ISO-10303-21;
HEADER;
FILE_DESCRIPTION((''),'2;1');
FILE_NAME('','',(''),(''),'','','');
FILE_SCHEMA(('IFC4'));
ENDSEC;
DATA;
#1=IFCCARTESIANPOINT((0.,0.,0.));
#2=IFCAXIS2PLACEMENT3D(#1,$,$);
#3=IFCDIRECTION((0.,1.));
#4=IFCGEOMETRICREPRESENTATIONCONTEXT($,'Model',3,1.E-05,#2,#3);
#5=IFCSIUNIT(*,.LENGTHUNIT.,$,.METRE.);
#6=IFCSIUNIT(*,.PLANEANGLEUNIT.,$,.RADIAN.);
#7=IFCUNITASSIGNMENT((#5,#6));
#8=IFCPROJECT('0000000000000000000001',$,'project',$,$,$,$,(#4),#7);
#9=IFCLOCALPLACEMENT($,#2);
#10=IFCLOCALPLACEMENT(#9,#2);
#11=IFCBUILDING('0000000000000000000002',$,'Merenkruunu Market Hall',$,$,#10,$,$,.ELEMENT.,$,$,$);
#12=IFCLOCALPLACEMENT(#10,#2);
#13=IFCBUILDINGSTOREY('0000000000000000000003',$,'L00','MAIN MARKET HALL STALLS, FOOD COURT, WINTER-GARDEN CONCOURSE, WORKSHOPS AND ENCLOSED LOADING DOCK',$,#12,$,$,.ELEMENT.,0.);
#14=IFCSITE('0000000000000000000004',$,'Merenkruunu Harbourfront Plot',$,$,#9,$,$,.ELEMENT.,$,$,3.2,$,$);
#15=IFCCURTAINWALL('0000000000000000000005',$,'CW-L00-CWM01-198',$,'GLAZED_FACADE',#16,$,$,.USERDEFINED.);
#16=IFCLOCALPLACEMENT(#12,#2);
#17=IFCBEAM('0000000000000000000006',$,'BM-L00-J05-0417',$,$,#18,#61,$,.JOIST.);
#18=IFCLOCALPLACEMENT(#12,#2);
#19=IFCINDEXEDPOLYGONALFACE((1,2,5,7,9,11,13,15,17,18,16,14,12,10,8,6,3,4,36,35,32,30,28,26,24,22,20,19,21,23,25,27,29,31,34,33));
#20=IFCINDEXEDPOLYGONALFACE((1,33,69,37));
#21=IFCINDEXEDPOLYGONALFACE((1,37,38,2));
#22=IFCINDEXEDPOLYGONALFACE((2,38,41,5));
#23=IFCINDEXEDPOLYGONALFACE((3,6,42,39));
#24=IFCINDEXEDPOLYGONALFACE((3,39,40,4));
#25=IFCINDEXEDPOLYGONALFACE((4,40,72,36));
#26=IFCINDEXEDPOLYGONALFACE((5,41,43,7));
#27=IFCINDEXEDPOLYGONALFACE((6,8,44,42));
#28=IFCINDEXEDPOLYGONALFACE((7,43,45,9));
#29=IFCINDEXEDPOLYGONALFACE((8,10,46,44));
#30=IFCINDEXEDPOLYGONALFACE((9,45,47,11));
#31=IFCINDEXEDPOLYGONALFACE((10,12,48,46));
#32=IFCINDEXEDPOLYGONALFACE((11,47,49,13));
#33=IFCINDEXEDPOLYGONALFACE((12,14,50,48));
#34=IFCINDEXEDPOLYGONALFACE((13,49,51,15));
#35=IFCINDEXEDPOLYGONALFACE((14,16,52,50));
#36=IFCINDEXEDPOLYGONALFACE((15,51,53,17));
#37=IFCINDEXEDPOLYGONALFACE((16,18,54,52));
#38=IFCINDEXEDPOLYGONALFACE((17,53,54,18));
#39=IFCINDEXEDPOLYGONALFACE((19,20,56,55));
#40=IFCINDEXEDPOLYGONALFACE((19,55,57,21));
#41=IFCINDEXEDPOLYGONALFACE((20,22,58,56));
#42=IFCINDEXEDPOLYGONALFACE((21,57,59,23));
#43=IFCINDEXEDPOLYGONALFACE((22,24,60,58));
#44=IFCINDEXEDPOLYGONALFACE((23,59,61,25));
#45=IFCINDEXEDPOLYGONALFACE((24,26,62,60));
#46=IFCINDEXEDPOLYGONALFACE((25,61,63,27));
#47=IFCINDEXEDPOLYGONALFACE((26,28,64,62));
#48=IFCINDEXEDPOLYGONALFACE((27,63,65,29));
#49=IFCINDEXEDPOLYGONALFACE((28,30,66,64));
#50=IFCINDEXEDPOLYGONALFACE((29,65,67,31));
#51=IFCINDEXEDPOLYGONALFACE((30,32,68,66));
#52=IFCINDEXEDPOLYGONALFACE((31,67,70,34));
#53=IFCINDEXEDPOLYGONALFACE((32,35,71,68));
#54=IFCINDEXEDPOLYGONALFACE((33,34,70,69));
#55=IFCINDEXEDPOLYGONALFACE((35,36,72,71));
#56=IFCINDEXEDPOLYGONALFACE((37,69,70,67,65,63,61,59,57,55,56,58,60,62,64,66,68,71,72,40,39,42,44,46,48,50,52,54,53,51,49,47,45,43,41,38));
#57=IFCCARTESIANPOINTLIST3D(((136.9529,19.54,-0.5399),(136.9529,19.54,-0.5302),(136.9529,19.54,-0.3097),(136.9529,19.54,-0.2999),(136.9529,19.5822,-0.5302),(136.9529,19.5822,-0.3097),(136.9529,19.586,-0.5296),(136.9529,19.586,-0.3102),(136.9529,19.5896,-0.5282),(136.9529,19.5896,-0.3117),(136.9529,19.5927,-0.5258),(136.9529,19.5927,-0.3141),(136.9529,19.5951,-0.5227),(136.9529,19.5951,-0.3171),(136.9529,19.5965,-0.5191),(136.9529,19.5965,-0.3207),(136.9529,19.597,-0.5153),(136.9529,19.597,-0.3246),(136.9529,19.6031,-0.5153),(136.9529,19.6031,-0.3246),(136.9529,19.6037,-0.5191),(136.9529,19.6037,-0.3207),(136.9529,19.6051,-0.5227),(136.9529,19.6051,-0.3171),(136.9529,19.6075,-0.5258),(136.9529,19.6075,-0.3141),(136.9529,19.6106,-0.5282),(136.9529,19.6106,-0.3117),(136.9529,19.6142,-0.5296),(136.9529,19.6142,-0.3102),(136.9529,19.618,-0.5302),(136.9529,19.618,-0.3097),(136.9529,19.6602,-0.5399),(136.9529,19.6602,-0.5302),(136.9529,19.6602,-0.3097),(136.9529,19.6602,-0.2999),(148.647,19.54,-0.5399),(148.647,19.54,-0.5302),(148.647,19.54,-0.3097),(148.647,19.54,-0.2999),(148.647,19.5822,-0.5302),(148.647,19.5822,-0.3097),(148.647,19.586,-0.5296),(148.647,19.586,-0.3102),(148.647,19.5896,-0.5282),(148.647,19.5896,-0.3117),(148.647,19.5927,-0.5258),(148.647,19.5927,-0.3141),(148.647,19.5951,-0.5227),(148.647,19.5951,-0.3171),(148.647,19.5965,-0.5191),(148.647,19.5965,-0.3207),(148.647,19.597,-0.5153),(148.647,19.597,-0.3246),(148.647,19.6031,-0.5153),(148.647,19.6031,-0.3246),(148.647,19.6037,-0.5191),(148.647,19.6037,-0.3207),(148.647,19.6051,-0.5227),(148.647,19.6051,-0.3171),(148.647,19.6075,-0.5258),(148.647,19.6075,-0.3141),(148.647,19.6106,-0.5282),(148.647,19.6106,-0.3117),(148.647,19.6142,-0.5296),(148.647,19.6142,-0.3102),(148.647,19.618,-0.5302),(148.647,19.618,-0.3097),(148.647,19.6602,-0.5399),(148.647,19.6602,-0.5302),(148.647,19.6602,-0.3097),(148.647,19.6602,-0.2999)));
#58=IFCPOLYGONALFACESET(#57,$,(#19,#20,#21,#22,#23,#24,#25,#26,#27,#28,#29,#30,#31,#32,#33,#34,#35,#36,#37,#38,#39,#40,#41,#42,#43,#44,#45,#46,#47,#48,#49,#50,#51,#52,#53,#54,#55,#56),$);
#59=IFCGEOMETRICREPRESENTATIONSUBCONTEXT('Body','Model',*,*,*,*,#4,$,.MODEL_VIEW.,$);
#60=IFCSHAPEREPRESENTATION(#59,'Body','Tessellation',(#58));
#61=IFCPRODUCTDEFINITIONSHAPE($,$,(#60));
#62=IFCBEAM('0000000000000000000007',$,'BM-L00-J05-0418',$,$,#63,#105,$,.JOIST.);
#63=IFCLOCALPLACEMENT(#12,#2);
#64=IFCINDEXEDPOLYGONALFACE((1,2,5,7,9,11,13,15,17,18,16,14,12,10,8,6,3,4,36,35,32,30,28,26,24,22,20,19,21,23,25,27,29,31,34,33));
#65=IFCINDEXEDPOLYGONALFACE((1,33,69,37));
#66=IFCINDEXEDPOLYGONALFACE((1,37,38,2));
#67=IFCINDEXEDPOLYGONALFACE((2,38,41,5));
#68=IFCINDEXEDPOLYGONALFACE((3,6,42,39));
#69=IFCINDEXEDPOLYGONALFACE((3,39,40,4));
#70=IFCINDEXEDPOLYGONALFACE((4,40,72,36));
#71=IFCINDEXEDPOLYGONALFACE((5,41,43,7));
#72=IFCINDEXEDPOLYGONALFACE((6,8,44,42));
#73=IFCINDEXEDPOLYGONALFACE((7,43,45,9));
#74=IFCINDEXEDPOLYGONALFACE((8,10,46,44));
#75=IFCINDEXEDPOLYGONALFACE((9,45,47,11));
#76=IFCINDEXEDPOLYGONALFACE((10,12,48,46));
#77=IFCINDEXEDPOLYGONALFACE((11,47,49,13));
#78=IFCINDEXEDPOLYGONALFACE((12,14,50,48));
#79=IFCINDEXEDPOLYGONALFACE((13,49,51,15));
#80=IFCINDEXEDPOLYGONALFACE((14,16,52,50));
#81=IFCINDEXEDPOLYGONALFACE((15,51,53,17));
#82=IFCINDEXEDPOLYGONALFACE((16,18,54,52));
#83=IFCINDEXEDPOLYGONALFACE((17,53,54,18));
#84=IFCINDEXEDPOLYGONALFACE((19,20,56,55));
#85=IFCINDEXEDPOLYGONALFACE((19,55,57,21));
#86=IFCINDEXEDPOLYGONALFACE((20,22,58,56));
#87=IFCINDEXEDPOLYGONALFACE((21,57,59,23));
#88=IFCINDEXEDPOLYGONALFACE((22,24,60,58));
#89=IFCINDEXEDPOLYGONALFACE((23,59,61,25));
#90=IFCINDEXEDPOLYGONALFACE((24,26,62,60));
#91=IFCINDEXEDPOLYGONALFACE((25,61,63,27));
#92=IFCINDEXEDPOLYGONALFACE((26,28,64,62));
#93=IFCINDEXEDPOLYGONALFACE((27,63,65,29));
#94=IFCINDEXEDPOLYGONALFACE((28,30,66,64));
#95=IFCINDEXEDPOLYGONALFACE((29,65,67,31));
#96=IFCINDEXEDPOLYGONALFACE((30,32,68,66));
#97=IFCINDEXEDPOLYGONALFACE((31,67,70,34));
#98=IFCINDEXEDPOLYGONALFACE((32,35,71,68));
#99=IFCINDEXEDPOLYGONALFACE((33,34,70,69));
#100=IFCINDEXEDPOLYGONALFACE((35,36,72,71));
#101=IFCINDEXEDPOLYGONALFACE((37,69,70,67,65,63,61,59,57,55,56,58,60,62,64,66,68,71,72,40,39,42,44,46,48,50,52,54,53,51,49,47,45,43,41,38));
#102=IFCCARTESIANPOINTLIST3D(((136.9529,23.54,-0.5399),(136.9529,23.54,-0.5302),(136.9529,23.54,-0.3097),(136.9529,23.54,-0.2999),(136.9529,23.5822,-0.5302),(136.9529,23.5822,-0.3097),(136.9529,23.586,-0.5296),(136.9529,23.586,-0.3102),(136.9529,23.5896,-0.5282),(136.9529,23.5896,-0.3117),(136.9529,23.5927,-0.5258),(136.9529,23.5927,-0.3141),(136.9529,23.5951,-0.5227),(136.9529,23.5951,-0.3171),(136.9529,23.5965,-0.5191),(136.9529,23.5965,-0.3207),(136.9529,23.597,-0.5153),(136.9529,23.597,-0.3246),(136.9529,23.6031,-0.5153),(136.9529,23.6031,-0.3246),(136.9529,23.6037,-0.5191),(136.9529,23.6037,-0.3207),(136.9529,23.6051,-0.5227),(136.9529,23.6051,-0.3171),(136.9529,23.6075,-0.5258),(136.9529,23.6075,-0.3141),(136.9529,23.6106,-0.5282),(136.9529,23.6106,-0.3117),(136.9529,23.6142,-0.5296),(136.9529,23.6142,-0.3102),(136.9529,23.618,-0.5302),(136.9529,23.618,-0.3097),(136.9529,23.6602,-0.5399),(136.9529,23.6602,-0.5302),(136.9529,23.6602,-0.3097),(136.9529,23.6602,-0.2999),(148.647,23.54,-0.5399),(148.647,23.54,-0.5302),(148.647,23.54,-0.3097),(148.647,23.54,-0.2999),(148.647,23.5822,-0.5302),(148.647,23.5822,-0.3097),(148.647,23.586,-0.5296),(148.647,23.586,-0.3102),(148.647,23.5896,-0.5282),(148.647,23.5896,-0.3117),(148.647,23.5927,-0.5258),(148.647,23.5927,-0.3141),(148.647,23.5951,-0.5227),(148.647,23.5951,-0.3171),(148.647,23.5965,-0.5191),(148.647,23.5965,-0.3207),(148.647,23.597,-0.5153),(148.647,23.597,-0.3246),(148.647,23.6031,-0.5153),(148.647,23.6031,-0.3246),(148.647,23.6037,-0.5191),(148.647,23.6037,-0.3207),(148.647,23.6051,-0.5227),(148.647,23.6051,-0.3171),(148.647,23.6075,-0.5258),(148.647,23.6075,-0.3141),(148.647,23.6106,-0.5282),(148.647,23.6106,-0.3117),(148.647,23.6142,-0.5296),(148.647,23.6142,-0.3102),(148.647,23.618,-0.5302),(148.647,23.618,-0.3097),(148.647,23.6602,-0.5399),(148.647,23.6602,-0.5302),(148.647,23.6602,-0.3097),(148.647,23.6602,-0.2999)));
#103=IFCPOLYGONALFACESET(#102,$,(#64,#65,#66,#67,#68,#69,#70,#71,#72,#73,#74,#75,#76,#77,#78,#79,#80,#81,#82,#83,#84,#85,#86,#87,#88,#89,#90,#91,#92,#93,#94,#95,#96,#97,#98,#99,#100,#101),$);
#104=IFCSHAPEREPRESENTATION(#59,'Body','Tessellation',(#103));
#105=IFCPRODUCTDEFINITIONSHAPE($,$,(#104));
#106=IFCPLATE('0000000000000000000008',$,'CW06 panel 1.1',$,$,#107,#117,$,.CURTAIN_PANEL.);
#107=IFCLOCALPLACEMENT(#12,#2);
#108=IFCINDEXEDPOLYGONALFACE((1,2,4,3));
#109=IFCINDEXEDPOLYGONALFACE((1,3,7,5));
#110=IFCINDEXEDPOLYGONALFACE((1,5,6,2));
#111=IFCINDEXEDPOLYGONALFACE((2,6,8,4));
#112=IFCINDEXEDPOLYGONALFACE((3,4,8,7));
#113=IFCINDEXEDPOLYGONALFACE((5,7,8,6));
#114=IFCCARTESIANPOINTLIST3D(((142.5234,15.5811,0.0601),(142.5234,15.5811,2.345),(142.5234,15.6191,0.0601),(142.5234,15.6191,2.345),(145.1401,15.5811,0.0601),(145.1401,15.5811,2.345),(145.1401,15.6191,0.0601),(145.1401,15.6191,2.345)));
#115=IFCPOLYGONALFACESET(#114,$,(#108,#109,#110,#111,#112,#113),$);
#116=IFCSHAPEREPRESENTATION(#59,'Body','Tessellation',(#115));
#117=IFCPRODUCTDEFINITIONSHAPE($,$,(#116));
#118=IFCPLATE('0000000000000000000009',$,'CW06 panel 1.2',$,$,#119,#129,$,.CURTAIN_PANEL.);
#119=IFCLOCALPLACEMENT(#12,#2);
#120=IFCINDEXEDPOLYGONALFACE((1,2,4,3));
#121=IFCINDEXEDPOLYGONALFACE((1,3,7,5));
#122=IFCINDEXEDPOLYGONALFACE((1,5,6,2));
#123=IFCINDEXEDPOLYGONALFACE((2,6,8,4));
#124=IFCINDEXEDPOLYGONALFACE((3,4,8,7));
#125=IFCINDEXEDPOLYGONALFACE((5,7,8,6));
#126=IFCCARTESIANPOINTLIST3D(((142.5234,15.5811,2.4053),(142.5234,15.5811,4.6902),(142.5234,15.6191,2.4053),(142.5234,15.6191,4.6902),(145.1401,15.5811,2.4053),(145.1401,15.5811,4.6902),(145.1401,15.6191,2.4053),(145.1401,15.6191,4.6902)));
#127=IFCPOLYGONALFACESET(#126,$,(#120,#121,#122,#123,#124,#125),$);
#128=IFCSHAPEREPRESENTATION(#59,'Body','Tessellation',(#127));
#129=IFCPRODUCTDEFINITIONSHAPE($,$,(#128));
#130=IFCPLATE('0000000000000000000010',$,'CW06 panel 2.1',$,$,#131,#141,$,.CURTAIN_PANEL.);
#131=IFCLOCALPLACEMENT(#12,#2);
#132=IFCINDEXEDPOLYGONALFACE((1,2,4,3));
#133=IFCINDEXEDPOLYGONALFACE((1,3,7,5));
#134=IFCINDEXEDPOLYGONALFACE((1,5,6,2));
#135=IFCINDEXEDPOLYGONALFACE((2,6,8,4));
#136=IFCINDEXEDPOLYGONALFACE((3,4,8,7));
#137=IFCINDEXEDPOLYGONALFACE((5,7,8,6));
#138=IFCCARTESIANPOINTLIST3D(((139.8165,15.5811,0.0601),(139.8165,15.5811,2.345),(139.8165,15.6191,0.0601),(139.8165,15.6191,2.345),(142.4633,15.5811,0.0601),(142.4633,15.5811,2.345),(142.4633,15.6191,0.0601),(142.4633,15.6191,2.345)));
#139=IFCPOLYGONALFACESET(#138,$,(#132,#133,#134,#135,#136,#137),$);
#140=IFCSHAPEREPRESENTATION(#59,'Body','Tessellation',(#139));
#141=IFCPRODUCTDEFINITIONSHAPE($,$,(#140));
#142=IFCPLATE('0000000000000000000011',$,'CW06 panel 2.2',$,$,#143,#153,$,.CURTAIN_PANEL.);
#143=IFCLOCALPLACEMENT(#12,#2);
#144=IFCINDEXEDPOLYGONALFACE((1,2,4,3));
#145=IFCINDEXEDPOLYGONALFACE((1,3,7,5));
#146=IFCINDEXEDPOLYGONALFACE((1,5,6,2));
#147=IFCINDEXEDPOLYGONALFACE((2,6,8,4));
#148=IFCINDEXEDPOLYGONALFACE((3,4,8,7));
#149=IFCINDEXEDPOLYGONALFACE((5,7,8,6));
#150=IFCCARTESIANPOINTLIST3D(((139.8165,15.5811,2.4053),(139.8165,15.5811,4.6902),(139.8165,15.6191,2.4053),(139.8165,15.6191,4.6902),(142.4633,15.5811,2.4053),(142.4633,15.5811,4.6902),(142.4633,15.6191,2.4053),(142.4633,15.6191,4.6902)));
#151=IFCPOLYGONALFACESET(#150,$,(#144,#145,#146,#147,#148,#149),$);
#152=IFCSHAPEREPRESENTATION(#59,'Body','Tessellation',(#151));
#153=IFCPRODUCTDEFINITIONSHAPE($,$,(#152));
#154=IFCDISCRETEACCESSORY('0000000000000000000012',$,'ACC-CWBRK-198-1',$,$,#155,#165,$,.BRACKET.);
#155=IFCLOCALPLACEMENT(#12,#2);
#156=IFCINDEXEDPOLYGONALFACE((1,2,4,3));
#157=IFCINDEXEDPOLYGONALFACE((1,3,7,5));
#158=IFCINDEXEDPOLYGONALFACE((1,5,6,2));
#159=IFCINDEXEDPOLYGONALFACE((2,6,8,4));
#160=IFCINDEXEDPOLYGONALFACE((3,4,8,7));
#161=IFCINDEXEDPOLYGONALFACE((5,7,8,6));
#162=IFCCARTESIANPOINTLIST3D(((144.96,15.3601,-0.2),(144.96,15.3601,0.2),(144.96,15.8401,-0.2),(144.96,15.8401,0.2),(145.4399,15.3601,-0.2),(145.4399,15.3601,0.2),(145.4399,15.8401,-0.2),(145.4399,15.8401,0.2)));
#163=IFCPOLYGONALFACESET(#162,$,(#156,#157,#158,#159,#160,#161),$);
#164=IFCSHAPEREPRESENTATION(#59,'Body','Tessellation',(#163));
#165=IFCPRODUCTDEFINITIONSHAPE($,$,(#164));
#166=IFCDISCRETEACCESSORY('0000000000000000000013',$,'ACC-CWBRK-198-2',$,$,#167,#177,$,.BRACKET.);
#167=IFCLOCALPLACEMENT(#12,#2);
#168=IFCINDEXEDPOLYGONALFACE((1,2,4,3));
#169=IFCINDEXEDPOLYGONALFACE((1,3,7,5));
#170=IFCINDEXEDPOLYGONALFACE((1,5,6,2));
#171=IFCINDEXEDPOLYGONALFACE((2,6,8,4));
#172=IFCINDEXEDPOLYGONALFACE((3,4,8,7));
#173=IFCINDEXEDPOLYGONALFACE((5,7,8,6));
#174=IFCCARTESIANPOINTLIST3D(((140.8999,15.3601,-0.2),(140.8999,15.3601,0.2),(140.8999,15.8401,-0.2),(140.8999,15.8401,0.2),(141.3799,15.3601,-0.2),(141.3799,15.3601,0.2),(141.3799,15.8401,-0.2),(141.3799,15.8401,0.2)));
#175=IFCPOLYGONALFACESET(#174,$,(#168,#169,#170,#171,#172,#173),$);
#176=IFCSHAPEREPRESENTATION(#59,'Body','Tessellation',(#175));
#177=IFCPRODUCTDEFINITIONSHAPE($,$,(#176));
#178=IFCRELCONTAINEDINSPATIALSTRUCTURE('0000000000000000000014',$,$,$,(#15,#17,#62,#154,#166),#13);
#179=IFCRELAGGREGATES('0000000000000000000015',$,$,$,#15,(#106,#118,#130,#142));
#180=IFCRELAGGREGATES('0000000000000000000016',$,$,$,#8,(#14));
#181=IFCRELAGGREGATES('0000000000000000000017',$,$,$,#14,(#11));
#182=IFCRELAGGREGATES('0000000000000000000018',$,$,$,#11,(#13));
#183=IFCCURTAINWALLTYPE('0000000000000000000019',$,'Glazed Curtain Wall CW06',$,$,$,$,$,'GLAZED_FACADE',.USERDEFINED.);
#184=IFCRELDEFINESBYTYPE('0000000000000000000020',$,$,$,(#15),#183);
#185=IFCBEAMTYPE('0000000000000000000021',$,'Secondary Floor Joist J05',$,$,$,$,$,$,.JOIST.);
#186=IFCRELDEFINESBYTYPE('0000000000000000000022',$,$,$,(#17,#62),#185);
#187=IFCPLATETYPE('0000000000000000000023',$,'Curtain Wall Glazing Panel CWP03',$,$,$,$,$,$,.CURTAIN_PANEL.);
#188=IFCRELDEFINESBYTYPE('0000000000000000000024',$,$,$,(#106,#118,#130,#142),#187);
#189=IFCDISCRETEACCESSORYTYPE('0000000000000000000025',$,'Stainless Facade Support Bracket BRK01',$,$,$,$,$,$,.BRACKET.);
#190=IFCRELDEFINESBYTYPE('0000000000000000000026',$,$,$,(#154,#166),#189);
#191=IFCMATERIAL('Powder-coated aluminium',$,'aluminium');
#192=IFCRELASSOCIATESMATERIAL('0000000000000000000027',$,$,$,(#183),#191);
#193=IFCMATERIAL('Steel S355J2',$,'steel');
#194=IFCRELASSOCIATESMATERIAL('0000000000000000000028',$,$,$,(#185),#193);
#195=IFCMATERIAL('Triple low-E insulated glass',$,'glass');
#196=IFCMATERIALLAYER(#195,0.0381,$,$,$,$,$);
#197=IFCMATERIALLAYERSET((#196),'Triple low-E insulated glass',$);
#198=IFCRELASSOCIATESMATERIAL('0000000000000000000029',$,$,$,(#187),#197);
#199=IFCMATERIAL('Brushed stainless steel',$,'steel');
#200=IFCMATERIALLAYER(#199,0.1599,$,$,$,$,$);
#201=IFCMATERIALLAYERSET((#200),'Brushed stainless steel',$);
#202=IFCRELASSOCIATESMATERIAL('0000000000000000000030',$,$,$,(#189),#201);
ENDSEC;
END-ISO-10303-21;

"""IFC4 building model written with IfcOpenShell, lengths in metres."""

from ifc_helpers import new_model, si_unit, direction, frame, origin, origin_2d, place, context, subcontext, project, spatial, rectangle, i_section, extrude, material, layer, layer_set, material_profile, profile_set, type_object, element, aggregate, save


model = new_model("IFC4")

# Units and contexts
model_context = context("Model", 3, precision=1e-05, world=origin(), true_north=direction((0.0, 1.0)))
body_context = subcontext(model_context, "Body", "Model", "MODEL_VIEW")
ifc_project = project(units=[si_unit("LENGTHUNIT", "METRE"), si_unit("PLANEANGLEUNIT", "RADIAN")], contexts=[model_context])

# Site, building, storey
site_placement = place(None, origin())
site = spatial("IfcSite", under=ifc_project, at=site_placement, Name="Merenkruunu Harbourfront Plot", CompositionType="ELEMENT", RefElevation=3.2)
building_placement = place(site_placement, origin())
building = spatial("IfcBuilding", under=site, at=building_placement, Name="Merenkruunu Market Hall", CompositionType="ELEMENT")
storey_placement = place(building_placement, origin())
storey = spatial("IfcBuildingStorey", under=building, at=storey_placement, Name="L00", Description="MAIN MARKET HALL STALLS, FOOD COURT, WINTER-GARDEN CONCOURSE, WORKSHOPS AND ENCLOSED LOADING DOCK", CompositionType="ELEMENT", Elevation=0.0)

# Curtain wall
ifc_material_1 = material(Name="Powder-coated aluminium", Category="aluminium")
curtain_wall_type = type_object("IfcCurtainWallType", Name="Glazed Curtain Wall CW06", ElementType="GLAZED_FACADE", PredefinedType="USERDEFINED", material=ifc_material_1)
curtain_wall_placement = place(storey_placement, origin())
curtain_wall = element("IfcCurtainWall", 1, at=curtain_wall_placement, inside=storey, type_object=curtain_wall_type, Name="CW-L00-CWM01-198", ObjectType="GLAZED_FACADE", PredefinedType="USERDEFINED")

# Beams
ifc_material_2 = material(Name="Steel S355J2", Category="steel")
ifc_material_profile_1 = material_profile(ifc_material_2, i_section(OverallWidth=0.1201, OverallDepth=0.24, WebThickness=0.0061, FlangeThickness=0.0098, FilletRadius=0.0149, at=origin_2d()), Name="IPE 240")
ifc_profile_set_1 = profile_set([ifc_material_profile_1], Name="Steel S355J2")
beam_type = type_object("IfcBeamType", Name="Secondary Floor Joist J05", PredefinedType="JOIST", material=ifc_profile_set_1)
for number, where, z_axis, x_axis, name in (
    (2, (136.9529, 19.6001, -0.4199), (1.0, 0.0, 0.0), (0.0, 1.0, 0.0), "BM-L00-J05-0417"),
    (3, (136.9529, 23.6001, -0.4199), (1.0, 0.0, 0.0), (0.0, 1.0, 0.0), "BM-L00-J05-0418"),
):
    element("IfcBeam", number, at=place(storey_placement, frame(where, z_axis=z_axis, x_axis=x_axis)), inside=storey, type_object=beam_type, Name=name, PredefinedType="JOIST", context=body_context, shape_type="SweptSolid", body=[
        extrude(i_section(OverallWidth=0.1201, OverallDepth=0.24, WebThickness=0.0061, FlangeThickness=0.0098, FilletRadius=0.0149, at=origin_2d()), origin(), (0.0, 0.0, 1.0), 11.6941),
    ])

# Plates
ifc_material_3 = material(Name="Triple low-E insulated glass", Category="glass")
ifc_layer_1 = layer(ifc_material_3, 0.0381)
ifc_layer_set_1 = layer_set([ifc_layer_1], Name="Triple low-E insulated glass")
plate_type = type_object("IfcPlateType", Name="Curtain Wall Glazing Panel CWP03", PredefinedType="CURTAIN_PANEL", material=ifc_layer_set_1)
plate_1_placement = place(storey_placement, frame((143.8318, 15.6001, 0.0601), z_axis=(0.0, 0.0, 1.0), x_axis=(-1.0, 0.0, 0.0)))
plate_1 = element("IfcPlate", 4, at=plate_1_placement, type_object=plate_type, Name="CW06 panel 1.1", PredefinedType="CURTAIN_PANEL", context=body_context, shape_type="SweptSolid", body=[
    extrude(rectangle(XDim=2.6167, YDim=0.0381, at=origin_2d()), origin(), (0.0, 0.0, 1.0), 2.2849),
])
plate_2_placement = place(storey_placement, frame((143.8318, 15.6001, 2.4053), z_axis=(0.0, 0.0, 1.0), x_axis=(-1.0, 0.0, 0.0)))
plate_2 = element("IfcPlate", 5, at=plate_2_placement, type_object=plate_type, Name="CW06 panel 1.2", PredefinedType="CURTAIN_PANEL", context=body_context, shape_type="SweptSolid", body=[
    extrude(rectangle(XDim=2.6167, YDim=0.0381, at=origin_2d()), origin(), (0.0, 0.0, 1.0), 2.2849),
])
plate_3_placement = place(storey_placement, frame((141.1399, 15.6001, 0.0601), z_axis=(0.0, 0.0, 1.0), x_axis=(-1.0, 0.0, 0.0)))
plate_3 = element("IfcPlate", 6, at=plate_3_placement, type_object=plate_type, Name="CW06 panel 2.1", PredefinedType="CURTAIN_PANEL", context=body_context, shape_type="SweptSolid", body=[
    extrude(rectangle(XDim=2.6467, YDim=0.0381, at=origin_2d()), origin(), (0.0, 0.0, 1.0), 2.2849),
])
plate_4_placement = place(storey_placement, frame((141.1399, 15.6001, 2.4053), z_axis=(0.0, 0.0, 1.0), x_axis=(-1.0, 0.0, 0.0)))
plate_4 = element("IfcPlate", 7, at=plate_4_placement, type_object=plate_type, Name="CW06 panel 2.2", PredefinedType="CURTAIN_PANEL", context=body_context, shape_type="SweptSolid", body=[
    extrude(rectangle(XDim=2.6467, YDim=0.0381, at=origin_2d()), origin(), (0.0, 0.0, 1.0), 2.2849),
])
aggregate(curtain_wall, [plate_1, plate_2, plate_3, plate_4])

# Discrete accessories
ifc_material_4 = material(Name="Brushed stainless steel", Category="steel")
ifc_layer_2 = layer(ifc_material_4, 0.1599)
ifc_layer_set_2 = layer_set([ifc_layer_2], Name="Brushed stainless steel")
discrete_accessory_type = type_object("IfcDiscreteAccessoryType", Name="Stainless Facade Support Bracket BRK01", PredefinedType="BRACKET", material=ifc_layer_set_2)
for number, where, z_axis, x_axis, name in (
    (8, (145.2, 15.6001, -0.2), (0.0, 0.0, 1.0), (1.0, 0.0, 0.0), "ACC-CWBRK-198-1"),
    (9, (141.1399, 15.6001, -0.2), (0.0, 0.0, 1.0), (1.0, 0.0, 0.0), "ACC-CWBRK-198-2"),
):
    element("IfcDiscreteAccessory", number, at=place(storey_placement, frame(where, z_axis=z_axis, x_axis=x_axis)), inside=storey, type_object=discrete_accessory_type, Name=name, PredefinedType="BRACKET", context=body_context, shape_type="SweptSolid", body=[
        extrude(rectangle(XDim=0.48, YDim=0.48, at=origin_2d()), origin(), (0.0, 0.0, 1.0), 0.3999),
    ])

save(model, "model.ifc")
